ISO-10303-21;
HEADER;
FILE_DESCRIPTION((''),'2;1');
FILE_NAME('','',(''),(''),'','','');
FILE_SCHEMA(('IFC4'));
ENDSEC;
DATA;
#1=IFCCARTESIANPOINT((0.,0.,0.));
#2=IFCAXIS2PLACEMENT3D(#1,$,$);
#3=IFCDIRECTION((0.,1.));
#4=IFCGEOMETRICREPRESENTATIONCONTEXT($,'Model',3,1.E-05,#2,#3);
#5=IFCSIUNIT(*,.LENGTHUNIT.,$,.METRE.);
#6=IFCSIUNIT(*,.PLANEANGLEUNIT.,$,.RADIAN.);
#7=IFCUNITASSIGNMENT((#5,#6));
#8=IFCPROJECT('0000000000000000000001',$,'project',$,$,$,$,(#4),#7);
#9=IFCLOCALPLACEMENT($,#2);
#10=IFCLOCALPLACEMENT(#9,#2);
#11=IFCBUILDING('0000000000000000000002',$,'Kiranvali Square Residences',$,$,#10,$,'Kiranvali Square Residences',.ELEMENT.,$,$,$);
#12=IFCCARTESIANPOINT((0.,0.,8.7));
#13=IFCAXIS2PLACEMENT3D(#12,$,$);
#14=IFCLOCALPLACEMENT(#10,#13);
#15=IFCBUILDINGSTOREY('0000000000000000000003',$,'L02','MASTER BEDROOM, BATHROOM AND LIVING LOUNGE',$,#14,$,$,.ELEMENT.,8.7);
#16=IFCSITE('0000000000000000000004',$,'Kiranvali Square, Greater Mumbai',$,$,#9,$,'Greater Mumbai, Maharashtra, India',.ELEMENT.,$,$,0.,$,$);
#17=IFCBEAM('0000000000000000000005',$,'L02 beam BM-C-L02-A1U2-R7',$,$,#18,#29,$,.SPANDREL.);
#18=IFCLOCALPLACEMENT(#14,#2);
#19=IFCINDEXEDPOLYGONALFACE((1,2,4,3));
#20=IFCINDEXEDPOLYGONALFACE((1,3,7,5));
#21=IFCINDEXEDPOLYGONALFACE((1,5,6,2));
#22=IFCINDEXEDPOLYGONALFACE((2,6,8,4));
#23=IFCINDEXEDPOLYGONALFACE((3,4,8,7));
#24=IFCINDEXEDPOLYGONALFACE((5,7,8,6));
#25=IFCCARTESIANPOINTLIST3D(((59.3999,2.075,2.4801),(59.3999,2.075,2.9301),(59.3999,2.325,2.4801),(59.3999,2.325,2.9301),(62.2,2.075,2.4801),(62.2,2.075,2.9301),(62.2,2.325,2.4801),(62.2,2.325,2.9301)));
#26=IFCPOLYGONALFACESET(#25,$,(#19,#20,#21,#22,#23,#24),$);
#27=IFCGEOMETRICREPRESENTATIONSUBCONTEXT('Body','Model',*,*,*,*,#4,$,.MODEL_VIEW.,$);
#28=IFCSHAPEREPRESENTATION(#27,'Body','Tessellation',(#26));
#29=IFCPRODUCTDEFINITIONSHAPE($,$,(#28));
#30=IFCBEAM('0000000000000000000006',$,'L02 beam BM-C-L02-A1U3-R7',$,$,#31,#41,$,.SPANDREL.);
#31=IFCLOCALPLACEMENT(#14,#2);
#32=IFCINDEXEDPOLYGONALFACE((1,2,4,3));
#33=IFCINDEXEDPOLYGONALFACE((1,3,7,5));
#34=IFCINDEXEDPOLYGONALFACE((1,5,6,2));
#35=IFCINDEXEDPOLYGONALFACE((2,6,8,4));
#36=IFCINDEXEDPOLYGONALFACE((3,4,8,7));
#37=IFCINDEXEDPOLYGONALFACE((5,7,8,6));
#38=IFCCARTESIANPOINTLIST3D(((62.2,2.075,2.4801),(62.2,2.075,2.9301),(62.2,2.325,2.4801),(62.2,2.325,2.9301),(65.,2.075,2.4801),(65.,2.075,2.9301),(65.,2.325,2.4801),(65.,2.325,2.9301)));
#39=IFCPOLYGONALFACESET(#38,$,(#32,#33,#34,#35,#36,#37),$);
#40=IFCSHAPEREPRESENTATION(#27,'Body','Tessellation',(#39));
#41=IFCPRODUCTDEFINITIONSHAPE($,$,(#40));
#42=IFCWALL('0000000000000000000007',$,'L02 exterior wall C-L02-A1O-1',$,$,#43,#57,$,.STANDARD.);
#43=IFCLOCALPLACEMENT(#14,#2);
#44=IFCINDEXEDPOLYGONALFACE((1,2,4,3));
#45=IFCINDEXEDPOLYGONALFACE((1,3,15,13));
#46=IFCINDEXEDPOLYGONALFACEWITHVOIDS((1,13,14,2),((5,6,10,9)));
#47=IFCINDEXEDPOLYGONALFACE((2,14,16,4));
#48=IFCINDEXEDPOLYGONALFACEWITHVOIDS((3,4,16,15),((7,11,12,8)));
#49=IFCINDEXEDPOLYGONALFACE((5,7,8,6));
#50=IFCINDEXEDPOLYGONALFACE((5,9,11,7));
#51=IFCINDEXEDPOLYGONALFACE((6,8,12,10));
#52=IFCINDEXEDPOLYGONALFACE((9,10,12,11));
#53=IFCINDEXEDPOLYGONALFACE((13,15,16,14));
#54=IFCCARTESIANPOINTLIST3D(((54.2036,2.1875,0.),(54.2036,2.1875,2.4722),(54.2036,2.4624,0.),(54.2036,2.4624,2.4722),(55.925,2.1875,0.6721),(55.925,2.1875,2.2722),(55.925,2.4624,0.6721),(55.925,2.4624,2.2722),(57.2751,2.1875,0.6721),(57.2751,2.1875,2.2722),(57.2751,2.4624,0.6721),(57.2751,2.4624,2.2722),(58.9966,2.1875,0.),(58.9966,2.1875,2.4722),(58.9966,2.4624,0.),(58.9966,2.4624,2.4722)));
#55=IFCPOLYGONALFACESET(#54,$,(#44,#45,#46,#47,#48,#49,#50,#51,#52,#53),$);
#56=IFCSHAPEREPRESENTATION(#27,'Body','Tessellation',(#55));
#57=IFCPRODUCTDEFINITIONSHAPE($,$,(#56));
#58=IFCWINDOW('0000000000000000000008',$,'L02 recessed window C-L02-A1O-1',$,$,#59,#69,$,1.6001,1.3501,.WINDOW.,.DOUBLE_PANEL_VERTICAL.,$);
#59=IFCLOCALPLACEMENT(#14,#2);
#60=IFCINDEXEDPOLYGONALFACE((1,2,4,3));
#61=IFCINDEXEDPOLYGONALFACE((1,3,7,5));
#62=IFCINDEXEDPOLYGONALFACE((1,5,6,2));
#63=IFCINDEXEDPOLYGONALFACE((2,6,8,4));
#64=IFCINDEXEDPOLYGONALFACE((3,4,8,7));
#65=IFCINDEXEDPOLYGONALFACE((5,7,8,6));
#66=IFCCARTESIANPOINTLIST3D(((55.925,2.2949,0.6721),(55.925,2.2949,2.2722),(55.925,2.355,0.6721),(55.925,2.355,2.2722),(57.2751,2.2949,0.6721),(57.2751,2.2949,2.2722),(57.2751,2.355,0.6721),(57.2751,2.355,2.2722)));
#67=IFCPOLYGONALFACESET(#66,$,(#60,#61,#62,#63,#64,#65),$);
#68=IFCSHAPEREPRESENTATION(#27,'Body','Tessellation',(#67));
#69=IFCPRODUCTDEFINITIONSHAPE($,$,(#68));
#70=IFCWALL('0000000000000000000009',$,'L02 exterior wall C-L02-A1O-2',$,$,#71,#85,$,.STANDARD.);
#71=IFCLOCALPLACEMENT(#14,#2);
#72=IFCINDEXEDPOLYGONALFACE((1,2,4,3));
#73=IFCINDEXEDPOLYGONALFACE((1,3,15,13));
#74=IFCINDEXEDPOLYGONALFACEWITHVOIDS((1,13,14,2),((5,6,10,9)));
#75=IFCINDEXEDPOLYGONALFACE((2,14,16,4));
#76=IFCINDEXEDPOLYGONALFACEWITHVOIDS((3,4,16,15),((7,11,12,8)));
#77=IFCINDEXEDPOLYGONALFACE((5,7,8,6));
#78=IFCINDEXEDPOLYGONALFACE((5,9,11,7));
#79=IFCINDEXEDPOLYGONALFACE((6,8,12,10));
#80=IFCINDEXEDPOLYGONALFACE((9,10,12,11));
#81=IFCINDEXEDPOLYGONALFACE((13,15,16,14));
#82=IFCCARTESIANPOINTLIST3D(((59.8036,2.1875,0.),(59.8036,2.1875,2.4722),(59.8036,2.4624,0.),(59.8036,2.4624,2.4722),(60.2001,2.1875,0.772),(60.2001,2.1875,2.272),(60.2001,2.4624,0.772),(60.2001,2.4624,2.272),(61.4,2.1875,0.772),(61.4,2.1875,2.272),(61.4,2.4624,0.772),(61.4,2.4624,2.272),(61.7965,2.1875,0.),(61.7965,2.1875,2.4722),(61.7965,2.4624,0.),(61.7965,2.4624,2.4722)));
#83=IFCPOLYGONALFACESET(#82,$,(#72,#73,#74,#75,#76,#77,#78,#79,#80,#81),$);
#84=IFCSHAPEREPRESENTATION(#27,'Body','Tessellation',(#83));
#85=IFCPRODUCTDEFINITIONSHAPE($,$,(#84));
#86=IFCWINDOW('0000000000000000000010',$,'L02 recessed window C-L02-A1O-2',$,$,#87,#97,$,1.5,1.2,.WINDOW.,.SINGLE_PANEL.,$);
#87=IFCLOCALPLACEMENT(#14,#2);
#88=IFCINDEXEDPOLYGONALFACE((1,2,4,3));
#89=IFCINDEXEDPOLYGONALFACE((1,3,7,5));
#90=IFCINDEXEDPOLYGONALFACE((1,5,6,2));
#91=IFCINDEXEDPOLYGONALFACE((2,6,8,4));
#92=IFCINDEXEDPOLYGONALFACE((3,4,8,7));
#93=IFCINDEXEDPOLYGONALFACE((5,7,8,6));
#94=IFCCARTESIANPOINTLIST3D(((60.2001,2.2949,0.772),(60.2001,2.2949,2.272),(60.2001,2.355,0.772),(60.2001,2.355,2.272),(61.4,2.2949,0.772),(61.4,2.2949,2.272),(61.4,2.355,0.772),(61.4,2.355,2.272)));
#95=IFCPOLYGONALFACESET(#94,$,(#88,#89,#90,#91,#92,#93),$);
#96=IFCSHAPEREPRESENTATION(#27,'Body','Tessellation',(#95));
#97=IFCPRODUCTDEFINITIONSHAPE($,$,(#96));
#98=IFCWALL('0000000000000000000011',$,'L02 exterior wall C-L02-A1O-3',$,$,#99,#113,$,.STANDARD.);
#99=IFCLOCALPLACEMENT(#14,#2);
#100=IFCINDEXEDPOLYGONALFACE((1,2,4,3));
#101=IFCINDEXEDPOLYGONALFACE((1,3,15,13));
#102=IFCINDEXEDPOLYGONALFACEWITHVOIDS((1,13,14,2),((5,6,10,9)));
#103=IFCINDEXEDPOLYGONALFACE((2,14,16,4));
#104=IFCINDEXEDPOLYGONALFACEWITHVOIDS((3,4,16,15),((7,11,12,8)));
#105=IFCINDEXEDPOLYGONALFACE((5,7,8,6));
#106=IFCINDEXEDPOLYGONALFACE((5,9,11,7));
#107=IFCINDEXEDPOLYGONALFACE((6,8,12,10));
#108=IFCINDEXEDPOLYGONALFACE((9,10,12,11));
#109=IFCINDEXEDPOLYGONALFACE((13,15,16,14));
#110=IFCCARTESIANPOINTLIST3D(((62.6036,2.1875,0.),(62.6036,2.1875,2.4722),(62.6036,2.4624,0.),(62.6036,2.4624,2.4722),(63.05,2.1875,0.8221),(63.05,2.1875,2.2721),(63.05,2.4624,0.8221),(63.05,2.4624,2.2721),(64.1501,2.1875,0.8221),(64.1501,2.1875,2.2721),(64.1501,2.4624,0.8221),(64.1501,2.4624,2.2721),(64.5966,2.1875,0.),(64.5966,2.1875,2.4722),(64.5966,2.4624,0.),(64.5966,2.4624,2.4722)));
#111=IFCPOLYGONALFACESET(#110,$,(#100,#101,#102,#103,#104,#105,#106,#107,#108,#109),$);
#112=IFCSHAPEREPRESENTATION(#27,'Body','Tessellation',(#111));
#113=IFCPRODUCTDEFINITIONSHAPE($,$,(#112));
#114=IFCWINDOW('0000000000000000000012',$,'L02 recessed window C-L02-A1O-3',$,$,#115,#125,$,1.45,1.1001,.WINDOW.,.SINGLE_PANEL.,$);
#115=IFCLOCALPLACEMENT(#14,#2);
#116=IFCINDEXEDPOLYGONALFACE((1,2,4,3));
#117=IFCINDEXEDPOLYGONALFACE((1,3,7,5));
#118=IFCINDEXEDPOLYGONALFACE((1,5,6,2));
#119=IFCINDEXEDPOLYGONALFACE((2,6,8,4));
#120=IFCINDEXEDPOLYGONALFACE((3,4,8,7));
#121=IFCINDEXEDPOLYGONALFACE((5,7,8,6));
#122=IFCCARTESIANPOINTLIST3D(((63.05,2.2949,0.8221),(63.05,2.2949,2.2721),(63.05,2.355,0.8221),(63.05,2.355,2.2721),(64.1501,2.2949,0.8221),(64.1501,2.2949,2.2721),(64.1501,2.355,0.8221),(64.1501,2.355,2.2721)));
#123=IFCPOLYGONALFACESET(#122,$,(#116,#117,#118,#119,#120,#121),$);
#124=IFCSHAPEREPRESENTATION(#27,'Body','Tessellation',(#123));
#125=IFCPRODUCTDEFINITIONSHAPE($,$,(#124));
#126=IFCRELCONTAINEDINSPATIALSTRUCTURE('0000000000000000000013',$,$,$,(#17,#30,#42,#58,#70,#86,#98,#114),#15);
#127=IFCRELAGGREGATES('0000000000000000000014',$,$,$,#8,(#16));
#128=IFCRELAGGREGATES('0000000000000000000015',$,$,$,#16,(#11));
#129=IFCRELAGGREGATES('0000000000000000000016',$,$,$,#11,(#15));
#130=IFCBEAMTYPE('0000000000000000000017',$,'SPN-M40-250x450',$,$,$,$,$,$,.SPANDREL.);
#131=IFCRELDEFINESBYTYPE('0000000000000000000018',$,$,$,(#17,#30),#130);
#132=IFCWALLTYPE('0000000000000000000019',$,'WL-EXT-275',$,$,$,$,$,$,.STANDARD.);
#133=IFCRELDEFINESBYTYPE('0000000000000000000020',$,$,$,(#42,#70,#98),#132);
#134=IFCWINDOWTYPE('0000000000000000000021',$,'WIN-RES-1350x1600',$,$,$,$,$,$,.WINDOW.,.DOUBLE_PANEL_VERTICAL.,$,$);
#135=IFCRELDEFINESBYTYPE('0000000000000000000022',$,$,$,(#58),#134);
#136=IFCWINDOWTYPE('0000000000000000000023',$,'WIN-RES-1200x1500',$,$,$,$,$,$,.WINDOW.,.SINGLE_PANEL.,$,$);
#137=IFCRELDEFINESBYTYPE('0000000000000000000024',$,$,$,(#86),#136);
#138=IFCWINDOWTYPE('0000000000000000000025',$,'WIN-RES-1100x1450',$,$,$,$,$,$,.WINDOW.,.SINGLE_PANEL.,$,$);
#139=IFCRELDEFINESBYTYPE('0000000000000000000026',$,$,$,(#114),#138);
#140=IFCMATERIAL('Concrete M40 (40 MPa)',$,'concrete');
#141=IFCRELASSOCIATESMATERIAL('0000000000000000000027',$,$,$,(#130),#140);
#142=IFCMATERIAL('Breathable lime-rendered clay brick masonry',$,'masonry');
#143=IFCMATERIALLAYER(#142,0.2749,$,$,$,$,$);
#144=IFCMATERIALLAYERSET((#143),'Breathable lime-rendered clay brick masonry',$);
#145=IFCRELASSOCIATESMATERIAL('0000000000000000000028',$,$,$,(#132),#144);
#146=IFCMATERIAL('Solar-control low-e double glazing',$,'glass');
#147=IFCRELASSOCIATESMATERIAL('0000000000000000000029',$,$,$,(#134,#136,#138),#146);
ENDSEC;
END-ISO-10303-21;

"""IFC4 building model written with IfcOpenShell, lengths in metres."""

from ifc_helpers import new_model, si_unit, direction, frame, frame_2d, origin, origin_2d, place, context, subcontext, project, spatial, rectangle, extrude, material, layer, layer_set, material_profile, profile_set, type_object, element, fill, save


model = new_model("IFC4")

# Units and contexts
model_context = context("Model", 3, precision=1e-05, world=origin(), true_north=direction((0.0, 1.0)))
body_context = subcontext(model_context, "Body", "Model", "MODEL_VIEW")
ifc_project = project(units=[si_unit("LENGTHUNIT", "METRE"), si_unit("PLANEANGLEUNIT", "RADIAN")], contexts=[model_context])

# Site, building, storey
site_placement = place(None, origin())
site = spatial("IfcSite", under=ifc_project, at=site_placement, Name="Kiranvali Square, Greater Mumbai", LongName="Greater Mumbai, Maharashtra, India", CompositionType="ELEMENT", RefElevation=0.0)
building_placement = place(site_placement, origin())
building = spatial("IfcBuilding", under=site, at=building_placement, Name="Kiranvali Square Residences", LongName="Kiranvali Square Residences", CompositionType="ELEMENT")
storey_placement = place(building_placement, frame((0.0, 0.0, 8.7)))
storey = spatial("IfcBuildingStorey", under=building, at=storey_placement, Name="L02", Description="MASTER BEDROOM, BATHROOM AND LIVING LOUNGE", CompositionType="ELEMENT", Elevation=8.7)

# Beams
ifc_material_1 = material(Name="Concrete M40 (40 MPa)", Category="concrete")
ifc_material_profile_1 = material_profile(ifc_material_1, rectangle(XDim=0.25, YDim=0.45, at=origin_2d()), Name="RC 250x450")
ifc_profile_set_1 = profile_set([ifc_material_profile_1], Name="Concrete M40 (40 MPa)")
beam_type_1 = type_object("IfcBeamType", Name="SPN-M40-250x450", PredefinedType="SPANDREL", material=ifc_profile_set_1)
for number, where, z_axis, x_axis, name in (
    (1, (59.3999, 2.2, 2.7051), (1.0, 0.0, 0.0), (0.0, 1.0, 0.0), "L02 beam BM-C-L02-A1U2-R7"),
    (2, (62.2, 2.2, 2.7051), (1.0, 0.0, 0.0), (0.0, 1.0, 0.0), "L02 beam BM-C-L02-A1U3-R7"),
):
    element("IfcBeam", number, at=place(storey_placement, frame(where, z_axis=z_axis, x_axis=x_axis)), inside=storey, type_object=beam_type_1, Name=name, PredefinedType="SPANDREL", context=body_context, shape_type="SweptSolid", body=[
        extrude(rectangle(XDim=0.25, YDim=0.45, at=origin_2d()), origin(), (0.0, 0.0, 1.0), 2.8),
    ])

# Walls, openings, windows
ifc_material_2 = material(Name="Breathable lime-rendered clay brick masonry", Category="masonry")
ifc_layer = layer(ifc_material_2, 0.2749)
ifc_layer_set = layer_set([ifc_layer], Name="Breathable lime-rendered clay brick masonry")
wall_type = type_object("IfcWallType", Name="WL-EXT-275", PredefinedType="STANDARD", material=ifc_layer_set)
wall_1_placement = place(storey_placement, frame((54.2036, 2.325, 0.0), z_axis=(0.0, 0.0, 1.0), x_axis=(1.0, 0.0, 0.0)))
wall_1 = element("IfcWall", 3, at=wall_1_placement, inside=storey, type_object=wall_type, Name="L02 exterior wall C-L02-A1O-1", PredefinedType="STANDARD", context=body_context, shape_type="SweptSolid", body=[
    extrude(rectangle(XDim=4.793, YDim=0.2749, at=frame_2d((2.3965, 0.0))), origin(), (0.0, 0.0, 1.0), 2.4722),
])
opening_1_placement = place(wall_1_placement, frame((1.7214, 0.0, 0.6721)))
opening_1 = element("IfcOpeningElement", 4, at=opening_1_placement, cuts=wall_1, PredefinedType="OPENING", context=body_context, shape_type="SweptSolid", body=[
    extrude(rectangle(XDim=1.3501, YDim=1.6001, at=frame_2d((0.675, 0.8))), frame((0.0, 0.1475, 0.0), z_axis=(0.0, -1.0, 0.0), x_axis=(1.0, 0.0, 0.0)), (0.0, 0.0, 1.0), 0.2949),
])
ifc_material_3 = material(Name="Solar-control low-e double glazing", Category="glass")
window_type_1 = type_object("IfcWindowType", Name="WIN-RES-1350x1600", PartitioningType="DOUBLE_PANEL_VERTICAL", PredefinedType="WINDOW", material=ifc_material_3)
window_1_placement = place(opening_1_placement, origin())
window_1 = element("IfcWindow", 5, at=window_1_placement, inside=storey, type_object=window_type_1, Name="L02 recessed window C-L02-A1O-1", OverallHeight=1.6001, OverallWidth=1.3501, PartitioningType="DOUBLE_PANEL_VERTICAL", PredefinedType="WINDOW", context=body_context, shape_type="SweptSolid", body=[
    extrude(rectangle(XDim=1.3501, YDim=1.6001, at=frame_2d((0.675, 0.8))), frame((0.0, 0.03, 0.0), z_axis=(0.0, -1.0, 0.0), x_axis=(1.0, 0.0, 0.0)), (0.0, 0.0, 1.0), 0.0601),
])
fill(opening_1, window_1)
wall_2_placement = place(storey_placement, frame((59.8035, 2.325, 0.0), z_axis=(0.0, 0.0, 1.0), x_axis=(1.0, 0.0, 0.0)))
wall_2 = element("IfcWall", 6, at=wall_2_placement, inside=storey, type_object=wall_type, Name="L02 exterior wall C-L02-A1O-2", PredefinedType="STANDARD", context=body_context, shape_type="SweptSolid", body=[
    extrude(rectangle(XDim=1.9929, YDim=0.2749, at=frame_2d((0.9966, 0.0))), origin(), (0.0, 0.0, 1.0), 2.4722),
])
opening_2_placement = place(wall_2_placement, frame((0.3965, 0.0, 0.772)))
opening_2 = element("IfcOpeningElement", 7, at=opening_2_placement, cuts=wall_2, PredefinedType="OPENING", context=body_context, shape_type="SweptSolid", body=[
    extrude(rectangle(XDim=1.2, YDim=1.5, at=frame_2d((0.6001, 0.75))), frame((0.0, 0.1475, 0.0), z_axis=(0.0, -1.0, 0.0), x_axis=(1.0, 0.0, 0.0)), (0.0, 0.0, 1.0), 0.2949),
])
window_type_2 = type_object("IfcWindowType", Name="WIN-RES-1200x1500", PartitioningType="SINGLE_PANEL", PredefinedType="WINDOW", material=ifc_material_3)
window_2_placement = place(opening_2_placement, origin())
window_2 = element("IfcWindow", 8, at=window_2_placement, inside=storey, type_object=window_type_2, Name="L02 recessed window C-L02-A1O-2", OverallHeight=1.5, OverallWidth=1.2, PartitioningType="SINGLE_PANEL", PredefinedType="WINDOW", context=body_context, shape_type="SweptSolid", body=[
    extrude(rectangle(XDim=1.2, YDim=1.5, at=frame_2d((0.6001, 0.75))), frame((0.0, 0.03, 0.0), z_axis=(0.0, -1.0, 0.0), x_axis=(1.0, 0.0, 0.0)), (0.0, 0.0, 1.0), 0.0601),
])
fill(opening_2, window_2)
wall_3_placement = place(storey_placement, frame((62.6035, 2.325, 0.0), z_axis=(0.0, 0.0, 1.0), x_axis=(1.0, 0.0, 0.0)))
wall_3 = element("IfcWall", 9, at=wall_3_placement, inside=storey, type_object=wall_type, Name="L02 exterior wall C-L02-A1O-3", PredefinedType="STANDARD", context=body_context, shape_type="SweptSolid", body=[
    extrude(rectangle(XDim=1.9929, YDim=0.2749, at=frame_2d((0.9966, 0.0))), origin(), (0.0, 0.0, 1.0), 2.4722),
])
opening_3_placement = place(wall_3_placement, frame((0.4465, 0.0, 0.822)))
opening_3 = element("IfcOpeningElement", 10, at=opening_3_placement, cuts=wall_3, PredefinedType="OPENING", context=body_context, shape_type="SweptSolid", body=[
    extrude(rectangle(XDim=1.1001, YDim=1.45, at=frame_2d((0.55, 0.7251))), frame((0.0, 0.1475, 0.0), z_axis=(0.0, -1.0, 0.0), x_axis=(1.0, 0.0, 0.0)), (0.0, 0.0, 1.0), 0.2949),
])
window_type_3 = type_object("IfcWindowType", Name="WIN-RES-1100x1450", PartitioningType="SINGLE_PANEL", PredefinedType="WINDOW", material=ifc_material_3)
window_3_placement = place(opening_3_placement, origin())
window_3 = element("IfcWindow", 11, at=window_3_placement, inside=storey, type_object=window_type_3, Name="L02 recessed window C-L02-A1O-3", OverallHeight=1.45, OverallWidth=1.1001, PartitioningType="SINGLE_PANEL", PredefinedType="WINDOW", context=body_context, shape_type="SweptSolid", body=[
    extrude(rectangle(XDim=1.1001, YDim=1.45, at=frame_2d((0.55, 0.7251))), frame((0.0, 0.03, 0.0), z_axis=(0.0, -1.0, 0.0), x_axis=(1.0, 0.0, 0.0)), (0.0, 0.0, 1.0), 0.0601),
])
fill(opening_3, window_3)

save(model, "model.ifc")
